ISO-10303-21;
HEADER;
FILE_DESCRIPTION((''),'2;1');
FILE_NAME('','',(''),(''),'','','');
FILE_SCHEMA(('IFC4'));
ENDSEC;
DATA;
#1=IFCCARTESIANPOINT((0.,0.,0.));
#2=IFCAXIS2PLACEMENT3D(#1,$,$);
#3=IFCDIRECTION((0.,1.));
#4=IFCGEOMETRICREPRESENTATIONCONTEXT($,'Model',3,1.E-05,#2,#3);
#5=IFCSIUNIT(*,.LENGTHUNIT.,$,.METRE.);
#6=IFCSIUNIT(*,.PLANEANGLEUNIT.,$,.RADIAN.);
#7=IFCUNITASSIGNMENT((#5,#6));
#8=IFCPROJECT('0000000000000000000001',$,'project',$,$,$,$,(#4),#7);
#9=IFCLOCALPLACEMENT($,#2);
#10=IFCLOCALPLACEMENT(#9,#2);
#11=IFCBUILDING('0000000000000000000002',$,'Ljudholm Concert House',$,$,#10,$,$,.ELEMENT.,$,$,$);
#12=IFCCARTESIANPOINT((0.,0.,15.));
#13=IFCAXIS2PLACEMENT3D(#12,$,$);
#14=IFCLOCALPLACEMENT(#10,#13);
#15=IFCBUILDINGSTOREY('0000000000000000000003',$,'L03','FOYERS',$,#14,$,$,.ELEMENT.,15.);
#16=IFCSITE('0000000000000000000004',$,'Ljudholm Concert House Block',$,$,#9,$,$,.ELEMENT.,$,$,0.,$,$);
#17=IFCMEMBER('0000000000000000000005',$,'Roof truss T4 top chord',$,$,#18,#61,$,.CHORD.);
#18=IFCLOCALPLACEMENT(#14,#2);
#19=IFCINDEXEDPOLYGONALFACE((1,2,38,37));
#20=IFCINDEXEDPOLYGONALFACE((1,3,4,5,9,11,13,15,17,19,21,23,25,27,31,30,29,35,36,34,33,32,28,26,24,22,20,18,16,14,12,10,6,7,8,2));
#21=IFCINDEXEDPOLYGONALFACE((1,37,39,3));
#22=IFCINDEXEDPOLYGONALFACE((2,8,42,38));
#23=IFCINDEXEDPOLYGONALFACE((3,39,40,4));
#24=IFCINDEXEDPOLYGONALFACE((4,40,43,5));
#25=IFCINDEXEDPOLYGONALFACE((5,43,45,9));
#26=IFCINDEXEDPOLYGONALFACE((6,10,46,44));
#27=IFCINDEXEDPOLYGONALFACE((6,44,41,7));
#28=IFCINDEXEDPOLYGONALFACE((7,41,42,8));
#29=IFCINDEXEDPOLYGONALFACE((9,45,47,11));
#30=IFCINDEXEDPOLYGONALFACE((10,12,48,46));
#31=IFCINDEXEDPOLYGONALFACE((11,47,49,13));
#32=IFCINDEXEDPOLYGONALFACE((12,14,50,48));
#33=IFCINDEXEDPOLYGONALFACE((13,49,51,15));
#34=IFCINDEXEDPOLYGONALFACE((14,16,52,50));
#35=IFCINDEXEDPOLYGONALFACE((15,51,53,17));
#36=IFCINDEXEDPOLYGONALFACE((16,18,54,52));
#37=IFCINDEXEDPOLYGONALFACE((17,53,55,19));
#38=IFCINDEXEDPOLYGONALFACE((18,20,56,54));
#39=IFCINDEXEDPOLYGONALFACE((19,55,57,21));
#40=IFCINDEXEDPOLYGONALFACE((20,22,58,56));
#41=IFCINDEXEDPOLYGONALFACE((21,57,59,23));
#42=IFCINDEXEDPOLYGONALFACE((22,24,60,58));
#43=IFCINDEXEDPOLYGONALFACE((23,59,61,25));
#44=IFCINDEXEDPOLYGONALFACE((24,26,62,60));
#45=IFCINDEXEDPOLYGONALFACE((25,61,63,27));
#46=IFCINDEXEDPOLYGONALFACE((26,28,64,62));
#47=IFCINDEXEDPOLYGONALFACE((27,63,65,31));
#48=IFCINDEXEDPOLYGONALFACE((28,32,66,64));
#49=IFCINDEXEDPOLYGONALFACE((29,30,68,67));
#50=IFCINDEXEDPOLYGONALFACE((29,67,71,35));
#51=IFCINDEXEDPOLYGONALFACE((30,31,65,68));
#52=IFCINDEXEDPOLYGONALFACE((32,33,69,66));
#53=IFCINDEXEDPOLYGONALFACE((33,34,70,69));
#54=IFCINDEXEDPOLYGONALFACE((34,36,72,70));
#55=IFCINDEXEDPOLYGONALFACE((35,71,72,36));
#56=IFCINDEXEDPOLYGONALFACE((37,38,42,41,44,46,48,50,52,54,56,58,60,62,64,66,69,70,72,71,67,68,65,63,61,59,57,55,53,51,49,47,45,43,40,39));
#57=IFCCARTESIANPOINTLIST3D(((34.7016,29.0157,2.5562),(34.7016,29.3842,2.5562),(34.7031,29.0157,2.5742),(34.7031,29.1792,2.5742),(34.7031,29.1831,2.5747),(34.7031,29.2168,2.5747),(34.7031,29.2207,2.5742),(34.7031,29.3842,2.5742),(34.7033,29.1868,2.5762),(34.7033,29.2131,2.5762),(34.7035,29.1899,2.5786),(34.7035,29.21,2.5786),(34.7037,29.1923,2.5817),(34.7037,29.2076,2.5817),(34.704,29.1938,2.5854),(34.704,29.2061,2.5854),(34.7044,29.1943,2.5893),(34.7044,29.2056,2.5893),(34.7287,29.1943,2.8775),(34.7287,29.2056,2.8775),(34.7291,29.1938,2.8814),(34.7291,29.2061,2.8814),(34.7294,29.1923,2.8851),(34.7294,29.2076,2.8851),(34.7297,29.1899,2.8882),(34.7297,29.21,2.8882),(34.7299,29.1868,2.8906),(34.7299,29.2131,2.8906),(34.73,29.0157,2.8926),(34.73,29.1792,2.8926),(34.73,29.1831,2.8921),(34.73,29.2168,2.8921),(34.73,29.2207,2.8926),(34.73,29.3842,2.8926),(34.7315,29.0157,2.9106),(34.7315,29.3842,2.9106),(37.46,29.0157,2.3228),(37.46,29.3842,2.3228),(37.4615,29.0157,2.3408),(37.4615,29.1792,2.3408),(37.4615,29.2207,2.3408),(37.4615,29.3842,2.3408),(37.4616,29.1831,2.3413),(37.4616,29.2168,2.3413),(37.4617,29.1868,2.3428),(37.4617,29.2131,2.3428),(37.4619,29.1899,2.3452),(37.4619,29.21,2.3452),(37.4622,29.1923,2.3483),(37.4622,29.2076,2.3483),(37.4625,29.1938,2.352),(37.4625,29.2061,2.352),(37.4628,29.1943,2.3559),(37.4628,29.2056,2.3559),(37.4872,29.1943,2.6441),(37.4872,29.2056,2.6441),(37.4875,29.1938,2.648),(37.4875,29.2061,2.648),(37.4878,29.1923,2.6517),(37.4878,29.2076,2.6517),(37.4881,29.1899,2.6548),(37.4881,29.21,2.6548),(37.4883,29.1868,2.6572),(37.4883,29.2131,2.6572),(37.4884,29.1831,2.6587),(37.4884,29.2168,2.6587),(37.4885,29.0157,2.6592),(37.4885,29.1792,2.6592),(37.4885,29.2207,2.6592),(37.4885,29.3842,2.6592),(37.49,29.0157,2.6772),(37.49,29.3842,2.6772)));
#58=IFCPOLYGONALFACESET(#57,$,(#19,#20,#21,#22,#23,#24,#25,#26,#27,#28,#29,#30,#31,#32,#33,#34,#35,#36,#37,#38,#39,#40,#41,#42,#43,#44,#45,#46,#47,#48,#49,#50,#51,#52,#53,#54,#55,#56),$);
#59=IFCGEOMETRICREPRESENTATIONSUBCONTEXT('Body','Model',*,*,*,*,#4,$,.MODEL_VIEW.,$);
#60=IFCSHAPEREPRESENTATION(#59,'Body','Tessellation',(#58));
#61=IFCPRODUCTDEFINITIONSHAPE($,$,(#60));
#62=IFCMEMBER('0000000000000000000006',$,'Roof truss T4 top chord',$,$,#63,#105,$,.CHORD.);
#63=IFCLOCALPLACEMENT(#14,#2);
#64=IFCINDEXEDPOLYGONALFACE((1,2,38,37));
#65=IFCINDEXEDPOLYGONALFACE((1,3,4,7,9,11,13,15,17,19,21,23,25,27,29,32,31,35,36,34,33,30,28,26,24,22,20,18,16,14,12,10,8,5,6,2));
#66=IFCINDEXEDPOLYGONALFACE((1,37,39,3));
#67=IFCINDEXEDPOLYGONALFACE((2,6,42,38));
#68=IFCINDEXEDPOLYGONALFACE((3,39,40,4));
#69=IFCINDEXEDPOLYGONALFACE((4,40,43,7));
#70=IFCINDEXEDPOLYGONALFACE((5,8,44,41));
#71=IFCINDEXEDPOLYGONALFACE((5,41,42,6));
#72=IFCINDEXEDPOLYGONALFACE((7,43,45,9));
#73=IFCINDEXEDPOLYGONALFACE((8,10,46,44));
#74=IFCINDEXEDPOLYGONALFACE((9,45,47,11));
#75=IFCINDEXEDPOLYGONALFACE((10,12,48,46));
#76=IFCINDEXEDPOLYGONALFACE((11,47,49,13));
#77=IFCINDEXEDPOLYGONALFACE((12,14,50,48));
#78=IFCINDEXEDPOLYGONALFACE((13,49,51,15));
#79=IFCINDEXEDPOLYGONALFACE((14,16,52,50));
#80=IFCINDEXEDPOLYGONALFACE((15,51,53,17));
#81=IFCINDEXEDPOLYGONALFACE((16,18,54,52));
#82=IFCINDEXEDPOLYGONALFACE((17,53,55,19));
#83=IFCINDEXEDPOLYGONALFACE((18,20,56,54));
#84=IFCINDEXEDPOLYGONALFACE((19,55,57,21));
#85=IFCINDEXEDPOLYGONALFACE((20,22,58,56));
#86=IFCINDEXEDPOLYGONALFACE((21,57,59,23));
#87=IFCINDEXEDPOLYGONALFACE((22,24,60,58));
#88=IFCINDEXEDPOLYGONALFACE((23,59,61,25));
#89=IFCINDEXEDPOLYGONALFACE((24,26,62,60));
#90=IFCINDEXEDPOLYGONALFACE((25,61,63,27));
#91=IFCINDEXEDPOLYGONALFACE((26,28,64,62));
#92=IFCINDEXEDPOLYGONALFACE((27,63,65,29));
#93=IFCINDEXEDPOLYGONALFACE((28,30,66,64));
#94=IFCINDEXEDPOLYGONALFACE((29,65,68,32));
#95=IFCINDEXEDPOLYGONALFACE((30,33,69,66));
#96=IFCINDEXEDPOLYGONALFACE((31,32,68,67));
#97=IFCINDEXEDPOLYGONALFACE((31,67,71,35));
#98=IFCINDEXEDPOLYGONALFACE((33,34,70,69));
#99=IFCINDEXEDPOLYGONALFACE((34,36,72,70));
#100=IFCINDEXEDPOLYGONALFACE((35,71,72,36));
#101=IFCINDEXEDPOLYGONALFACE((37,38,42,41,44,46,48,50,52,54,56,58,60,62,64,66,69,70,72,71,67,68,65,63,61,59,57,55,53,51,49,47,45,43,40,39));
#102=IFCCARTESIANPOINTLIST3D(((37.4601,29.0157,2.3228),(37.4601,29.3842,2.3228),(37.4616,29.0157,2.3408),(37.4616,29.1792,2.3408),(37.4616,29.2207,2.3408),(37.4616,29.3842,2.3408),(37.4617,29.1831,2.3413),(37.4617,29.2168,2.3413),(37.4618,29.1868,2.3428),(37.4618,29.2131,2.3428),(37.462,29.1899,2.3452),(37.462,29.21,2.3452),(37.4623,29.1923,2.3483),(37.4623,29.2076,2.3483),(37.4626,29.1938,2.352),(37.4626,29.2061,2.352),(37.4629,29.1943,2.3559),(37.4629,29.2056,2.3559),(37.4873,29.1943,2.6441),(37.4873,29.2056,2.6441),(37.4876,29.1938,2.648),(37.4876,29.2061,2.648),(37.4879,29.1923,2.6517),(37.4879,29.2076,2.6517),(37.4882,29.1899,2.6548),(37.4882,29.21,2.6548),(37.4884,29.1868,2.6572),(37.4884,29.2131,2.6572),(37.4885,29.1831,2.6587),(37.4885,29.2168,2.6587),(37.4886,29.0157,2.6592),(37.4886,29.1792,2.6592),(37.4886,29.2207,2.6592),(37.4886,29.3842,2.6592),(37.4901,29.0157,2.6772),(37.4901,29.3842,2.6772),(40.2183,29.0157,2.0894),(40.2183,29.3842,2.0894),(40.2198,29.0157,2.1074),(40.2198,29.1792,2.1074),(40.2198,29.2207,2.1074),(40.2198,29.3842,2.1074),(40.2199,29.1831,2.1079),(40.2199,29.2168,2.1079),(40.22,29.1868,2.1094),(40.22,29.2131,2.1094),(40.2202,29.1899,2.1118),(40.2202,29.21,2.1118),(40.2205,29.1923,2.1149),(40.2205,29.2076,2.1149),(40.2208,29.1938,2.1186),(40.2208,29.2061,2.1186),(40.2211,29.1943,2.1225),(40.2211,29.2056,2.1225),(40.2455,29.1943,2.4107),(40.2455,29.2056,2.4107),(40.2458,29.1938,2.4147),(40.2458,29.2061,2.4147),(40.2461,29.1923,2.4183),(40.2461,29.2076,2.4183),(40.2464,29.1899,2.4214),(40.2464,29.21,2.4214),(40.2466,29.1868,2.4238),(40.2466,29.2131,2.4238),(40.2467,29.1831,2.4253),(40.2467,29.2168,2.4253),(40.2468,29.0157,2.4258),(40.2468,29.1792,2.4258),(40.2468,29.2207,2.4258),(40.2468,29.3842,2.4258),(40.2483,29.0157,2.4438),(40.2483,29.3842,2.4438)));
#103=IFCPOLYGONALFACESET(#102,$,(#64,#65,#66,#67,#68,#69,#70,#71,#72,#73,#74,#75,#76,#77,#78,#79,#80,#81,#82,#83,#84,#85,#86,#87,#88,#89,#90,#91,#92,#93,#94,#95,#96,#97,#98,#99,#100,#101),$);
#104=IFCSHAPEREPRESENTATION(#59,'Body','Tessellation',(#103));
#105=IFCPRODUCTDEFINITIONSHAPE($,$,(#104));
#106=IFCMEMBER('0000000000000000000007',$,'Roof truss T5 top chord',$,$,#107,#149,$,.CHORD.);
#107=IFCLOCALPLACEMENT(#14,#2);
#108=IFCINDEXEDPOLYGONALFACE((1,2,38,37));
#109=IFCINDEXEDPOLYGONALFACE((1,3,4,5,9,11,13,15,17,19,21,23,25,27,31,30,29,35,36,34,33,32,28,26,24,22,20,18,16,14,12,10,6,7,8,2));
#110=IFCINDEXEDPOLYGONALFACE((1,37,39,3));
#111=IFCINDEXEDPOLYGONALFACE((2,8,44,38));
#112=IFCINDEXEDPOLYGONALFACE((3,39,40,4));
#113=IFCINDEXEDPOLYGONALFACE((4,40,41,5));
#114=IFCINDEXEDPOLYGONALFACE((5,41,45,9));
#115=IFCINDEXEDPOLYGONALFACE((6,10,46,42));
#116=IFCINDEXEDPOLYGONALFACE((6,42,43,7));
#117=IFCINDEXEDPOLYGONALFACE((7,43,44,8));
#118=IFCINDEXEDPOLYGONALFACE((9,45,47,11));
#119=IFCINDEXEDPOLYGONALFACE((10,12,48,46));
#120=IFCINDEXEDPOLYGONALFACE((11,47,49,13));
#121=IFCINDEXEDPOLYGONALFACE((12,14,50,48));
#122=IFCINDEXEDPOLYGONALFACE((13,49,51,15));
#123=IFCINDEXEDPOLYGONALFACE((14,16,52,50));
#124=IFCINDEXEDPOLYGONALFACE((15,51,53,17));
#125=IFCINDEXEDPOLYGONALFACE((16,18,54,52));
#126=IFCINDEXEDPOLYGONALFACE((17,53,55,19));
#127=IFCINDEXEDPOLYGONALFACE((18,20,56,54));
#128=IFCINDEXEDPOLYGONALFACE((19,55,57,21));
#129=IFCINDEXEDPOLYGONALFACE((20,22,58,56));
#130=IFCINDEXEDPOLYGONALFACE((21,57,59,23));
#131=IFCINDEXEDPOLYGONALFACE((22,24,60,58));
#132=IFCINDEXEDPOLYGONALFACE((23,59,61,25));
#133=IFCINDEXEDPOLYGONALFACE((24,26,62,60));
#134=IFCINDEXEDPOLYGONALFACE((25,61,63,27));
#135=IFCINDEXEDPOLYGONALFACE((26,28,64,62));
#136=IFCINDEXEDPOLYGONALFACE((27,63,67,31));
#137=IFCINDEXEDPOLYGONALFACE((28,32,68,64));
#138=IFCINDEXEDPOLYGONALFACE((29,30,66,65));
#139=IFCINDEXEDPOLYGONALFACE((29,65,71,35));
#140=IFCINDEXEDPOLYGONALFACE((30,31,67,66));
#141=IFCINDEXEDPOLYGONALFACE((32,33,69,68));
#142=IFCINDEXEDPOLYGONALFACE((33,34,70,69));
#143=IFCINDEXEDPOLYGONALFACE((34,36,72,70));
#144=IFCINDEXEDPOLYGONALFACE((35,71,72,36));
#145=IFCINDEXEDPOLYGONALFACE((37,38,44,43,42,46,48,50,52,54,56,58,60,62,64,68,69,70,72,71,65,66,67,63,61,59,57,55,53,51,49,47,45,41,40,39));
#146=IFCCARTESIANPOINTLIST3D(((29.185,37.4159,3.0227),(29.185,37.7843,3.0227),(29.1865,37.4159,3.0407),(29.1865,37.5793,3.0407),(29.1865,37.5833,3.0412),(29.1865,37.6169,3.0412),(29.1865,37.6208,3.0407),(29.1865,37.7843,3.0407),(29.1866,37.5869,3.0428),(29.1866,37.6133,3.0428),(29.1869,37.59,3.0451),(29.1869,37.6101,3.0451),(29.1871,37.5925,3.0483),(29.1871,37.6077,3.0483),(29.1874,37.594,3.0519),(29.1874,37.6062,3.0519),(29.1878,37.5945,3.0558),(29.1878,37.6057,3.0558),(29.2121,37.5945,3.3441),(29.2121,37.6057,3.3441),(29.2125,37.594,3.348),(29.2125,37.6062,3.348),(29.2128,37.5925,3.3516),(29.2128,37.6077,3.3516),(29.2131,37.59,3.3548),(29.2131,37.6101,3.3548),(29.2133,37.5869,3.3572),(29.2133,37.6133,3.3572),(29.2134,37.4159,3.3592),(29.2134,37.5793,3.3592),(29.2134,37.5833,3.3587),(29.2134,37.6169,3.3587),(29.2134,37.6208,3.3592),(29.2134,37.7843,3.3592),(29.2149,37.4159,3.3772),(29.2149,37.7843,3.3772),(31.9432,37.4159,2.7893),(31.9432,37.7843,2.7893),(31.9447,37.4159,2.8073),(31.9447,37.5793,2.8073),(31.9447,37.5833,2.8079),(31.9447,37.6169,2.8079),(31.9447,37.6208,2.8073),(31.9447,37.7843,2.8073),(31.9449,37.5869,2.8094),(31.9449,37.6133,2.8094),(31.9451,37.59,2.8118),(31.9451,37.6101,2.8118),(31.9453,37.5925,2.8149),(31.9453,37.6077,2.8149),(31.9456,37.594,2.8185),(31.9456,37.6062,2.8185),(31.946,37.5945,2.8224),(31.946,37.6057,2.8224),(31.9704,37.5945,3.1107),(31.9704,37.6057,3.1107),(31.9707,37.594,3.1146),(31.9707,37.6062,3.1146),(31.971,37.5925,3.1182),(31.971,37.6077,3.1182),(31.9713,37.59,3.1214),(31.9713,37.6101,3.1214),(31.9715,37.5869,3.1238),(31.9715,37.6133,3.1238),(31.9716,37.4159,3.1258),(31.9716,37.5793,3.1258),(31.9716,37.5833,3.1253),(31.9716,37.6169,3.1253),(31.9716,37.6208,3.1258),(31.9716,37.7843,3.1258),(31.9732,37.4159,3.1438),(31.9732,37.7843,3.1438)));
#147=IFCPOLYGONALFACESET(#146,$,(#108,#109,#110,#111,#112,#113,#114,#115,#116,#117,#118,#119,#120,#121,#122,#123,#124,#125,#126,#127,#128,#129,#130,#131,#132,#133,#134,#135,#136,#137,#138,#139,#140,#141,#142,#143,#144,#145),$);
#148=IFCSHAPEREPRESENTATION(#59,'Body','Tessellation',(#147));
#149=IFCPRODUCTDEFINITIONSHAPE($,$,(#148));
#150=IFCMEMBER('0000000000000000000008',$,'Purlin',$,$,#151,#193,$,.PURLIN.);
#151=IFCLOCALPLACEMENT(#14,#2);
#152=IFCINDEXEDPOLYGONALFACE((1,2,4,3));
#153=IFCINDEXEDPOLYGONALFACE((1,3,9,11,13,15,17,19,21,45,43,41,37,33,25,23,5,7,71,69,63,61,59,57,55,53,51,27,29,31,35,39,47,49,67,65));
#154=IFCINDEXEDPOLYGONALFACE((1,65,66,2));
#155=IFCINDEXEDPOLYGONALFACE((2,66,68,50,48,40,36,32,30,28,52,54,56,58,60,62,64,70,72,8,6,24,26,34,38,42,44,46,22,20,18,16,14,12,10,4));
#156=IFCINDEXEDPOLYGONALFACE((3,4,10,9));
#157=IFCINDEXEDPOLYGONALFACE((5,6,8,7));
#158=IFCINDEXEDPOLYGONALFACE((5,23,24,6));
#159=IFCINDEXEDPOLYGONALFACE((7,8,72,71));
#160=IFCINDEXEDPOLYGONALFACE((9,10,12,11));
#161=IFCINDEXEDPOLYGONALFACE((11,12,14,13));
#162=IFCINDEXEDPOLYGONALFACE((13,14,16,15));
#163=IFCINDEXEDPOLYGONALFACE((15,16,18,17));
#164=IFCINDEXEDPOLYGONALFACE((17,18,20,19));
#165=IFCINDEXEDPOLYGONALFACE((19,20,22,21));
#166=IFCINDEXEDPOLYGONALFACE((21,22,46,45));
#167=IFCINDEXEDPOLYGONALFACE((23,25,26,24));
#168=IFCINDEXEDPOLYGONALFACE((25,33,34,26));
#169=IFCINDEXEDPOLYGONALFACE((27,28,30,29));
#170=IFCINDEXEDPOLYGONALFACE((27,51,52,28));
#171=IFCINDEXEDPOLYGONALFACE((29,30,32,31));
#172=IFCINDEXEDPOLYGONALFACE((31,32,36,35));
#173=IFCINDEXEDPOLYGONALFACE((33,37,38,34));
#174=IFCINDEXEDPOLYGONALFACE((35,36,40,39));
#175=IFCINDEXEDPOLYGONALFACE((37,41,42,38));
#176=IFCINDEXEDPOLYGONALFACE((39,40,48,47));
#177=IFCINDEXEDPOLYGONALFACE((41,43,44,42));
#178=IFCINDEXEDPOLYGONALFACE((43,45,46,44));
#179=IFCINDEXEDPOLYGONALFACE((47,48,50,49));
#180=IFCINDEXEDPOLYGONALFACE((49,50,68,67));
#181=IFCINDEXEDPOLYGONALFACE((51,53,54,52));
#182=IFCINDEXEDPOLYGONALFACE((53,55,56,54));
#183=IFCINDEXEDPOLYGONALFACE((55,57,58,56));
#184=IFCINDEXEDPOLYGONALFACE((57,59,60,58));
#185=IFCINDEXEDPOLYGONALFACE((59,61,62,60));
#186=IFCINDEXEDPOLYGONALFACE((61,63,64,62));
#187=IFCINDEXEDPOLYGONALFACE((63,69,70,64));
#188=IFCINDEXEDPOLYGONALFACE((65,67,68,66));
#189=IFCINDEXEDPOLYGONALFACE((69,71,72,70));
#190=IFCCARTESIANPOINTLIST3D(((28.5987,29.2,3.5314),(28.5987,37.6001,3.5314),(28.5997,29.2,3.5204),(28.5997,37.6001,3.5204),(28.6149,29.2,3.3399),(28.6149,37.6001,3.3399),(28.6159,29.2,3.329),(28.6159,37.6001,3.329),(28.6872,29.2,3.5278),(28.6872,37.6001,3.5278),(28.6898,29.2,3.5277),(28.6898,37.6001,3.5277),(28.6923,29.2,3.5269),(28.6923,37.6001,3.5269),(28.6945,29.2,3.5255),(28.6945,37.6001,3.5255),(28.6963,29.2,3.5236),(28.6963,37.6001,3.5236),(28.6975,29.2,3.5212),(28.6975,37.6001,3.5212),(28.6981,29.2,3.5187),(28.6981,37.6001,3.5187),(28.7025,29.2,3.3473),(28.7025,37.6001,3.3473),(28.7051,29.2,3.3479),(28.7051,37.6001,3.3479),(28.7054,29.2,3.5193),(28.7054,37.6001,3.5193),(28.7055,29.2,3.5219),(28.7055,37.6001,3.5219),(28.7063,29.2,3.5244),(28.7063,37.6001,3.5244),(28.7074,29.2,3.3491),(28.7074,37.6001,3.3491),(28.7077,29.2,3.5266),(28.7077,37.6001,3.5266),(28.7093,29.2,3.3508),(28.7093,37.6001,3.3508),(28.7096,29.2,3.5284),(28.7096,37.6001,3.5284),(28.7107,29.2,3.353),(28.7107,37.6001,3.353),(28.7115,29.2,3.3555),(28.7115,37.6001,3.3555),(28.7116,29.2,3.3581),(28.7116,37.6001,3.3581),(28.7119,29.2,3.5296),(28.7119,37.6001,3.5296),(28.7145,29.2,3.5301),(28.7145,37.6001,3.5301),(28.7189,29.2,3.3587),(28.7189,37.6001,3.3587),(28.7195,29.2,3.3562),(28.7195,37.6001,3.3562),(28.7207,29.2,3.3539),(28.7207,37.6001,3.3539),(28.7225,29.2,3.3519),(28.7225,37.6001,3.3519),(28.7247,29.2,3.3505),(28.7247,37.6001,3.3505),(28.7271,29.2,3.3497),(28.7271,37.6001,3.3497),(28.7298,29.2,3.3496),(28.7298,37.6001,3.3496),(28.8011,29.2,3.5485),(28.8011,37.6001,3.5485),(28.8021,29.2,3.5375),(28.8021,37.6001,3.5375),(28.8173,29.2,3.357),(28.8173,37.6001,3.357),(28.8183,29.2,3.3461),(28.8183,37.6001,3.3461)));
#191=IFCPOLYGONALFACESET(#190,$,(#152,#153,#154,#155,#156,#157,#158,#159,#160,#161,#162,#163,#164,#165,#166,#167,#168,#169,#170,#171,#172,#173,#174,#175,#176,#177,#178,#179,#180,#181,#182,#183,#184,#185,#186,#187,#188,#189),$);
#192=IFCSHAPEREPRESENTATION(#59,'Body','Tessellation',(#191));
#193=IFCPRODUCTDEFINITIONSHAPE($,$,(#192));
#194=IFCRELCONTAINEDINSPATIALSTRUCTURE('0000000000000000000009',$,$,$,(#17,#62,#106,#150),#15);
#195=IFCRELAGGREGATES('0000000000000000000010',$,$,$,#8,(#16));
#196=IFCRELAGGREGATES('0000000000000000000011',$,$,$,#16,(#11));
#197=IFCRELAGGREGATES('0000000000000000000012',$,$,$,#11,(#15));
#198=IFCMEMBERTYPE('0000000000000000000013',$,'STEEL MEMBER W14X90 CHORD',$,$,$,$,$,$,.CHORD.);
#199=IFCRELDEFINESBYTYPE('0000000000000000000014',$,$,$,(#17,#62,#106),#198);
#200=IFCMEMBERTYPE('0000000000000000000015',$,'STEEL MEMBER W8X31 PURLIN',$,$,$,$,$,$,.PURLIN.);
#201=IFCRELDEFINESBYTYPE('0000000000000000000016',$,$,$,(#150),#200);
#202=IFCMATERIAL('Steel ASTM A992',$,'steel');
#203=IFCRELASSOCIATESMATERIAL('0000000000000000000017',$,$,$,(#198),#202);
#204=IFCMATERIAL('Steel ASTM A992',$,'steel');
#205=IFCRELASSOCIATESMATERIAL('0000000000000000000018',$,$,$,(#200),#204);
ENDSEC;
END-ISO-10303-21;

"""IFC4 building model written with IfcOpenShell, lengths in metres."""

from ifc_helpers import new_model, si_unit, direction, frame, origin, origin_2d, place, context, subcontext, project, spatial, i_section, extrude, material, material_profile, profile_set, type_object, element, save


model = new_model("IFC4")

# Units and contexts
model_context = context("Model", 3, precision=1e-05, world=origin(), true_north=direction((0.0, 1.0)))
body_context = subcontext(model_context, "Body", "Model", "MODEL_VIEW")
ifc_project = project(units=[si_unit("LENGTHUNIT", "METRE"), si_unit("PLANEANGLEUNIT", "RADIAN")], contexts=[model_context])

# Site, building, storey
site_placement = place(None, origin())
site = spatial("IfcSite", under=ifc_project, at=site_placement, Name="Ljudholm Concert House Block", CompositionType="ELEMENT", RefElevation=0.0)
building_placement = place(site_placement, origin())
building = spatial("IfcBuilding", under=site, at=building_placement, Name="Ljudholm Concert House", CompositionType="ELEMENT")
storey_placement = place(building_placement, frame((0.0, 0.0, 15.0)))
storey = spatial("IfcBuildingStorey", under=building, at=storey_placement, Name="L03", Description="FOYERS", CompositionType="ELEMENT", Elevation=15.0)

# Members
ifc_material_1 = material(Name="Steel ASTM A992", Category="steel")
ifc_material_profile_1 = material_profile(ifc_material_1, i_section(OverallWidth=0.3684, OverallDepth=0.3557, WebThickness=0.0112, FlangeThickness=0.0181, FilletRadius=0.0151, at=origin_2d()), Name="W14X90")
ifc_profile_set_1 = profile_set([ifc_material_profile_1], Name="Steel ASTM A992")
member_type_1 = type_object("IfcMemberType", Name="STEEL MEMBER W14X90 CHORD", PredefinedType="CHORD", material=ifc_profile_set_1)
member_1_placement = place(storey_placement, frame((34.7166, 29.2, 2.7334), z_axis=(0.99644, 0.0, -0.084308), x_axis=(0.0, 1.0, 0.0)))
element("IfcMember", 1, at=member_1_placement, inside=storey, type_object=member_type_1, Name="Roof truss T4 top chord", PredefinedType="CHORD", context=body_context, shape_type="SweptSolid", body=[
    extrude(i_section(OverallWidth=0.3684, OverallDepth=0.3557, WebThickness=0.0112, FlangeThickness=0.0181, FilletRadius=0.0151, at=origin_2d()), origin(), (0.0, 0.0, 1.0), 2.7683),
])
for number, where, z_axis, x_axis, name in (
    (2, (37.4751, 29.2, 2.5), (0.996439, 0.0, -0.084315), (0.0, 1.0, 0.0), "Roof truss T4 top chord"),
    (3, (29.2, 37.6001, 3.2), (0.996439, 0.0, -0.084315), (0.0, 1.0, 0.0), "Roof truss T5 top chord"),
):
    element("IfcMember", number, at=place(storey_placement, frame(where, z_axis=z_axis, x_axis=x_axis)), inside=storey, type_object=member_type_1, Name=name, PredefinedType="CHORD", context=body_context, shape_type="SweptSolid", body=[
        extrude(i_section(OverallWidth=0.3684, OverallDepth=0.3557, WebThickness=0.0112, FlangeThickness=0.0181, FilletRadius=0.0151, at=origin_2d()), origin(), (0.0, 0.0, 1.0), 2.7681),
    ])
ifc_material_2 = material(Name="Steel ASTM A992", Category="steel")
ifc_material_profile_2 = material_profile(ifc_material_2, i_section(OverallWidth=0.2031, OverallDepth=0.2031, WebThickness=0.0073, FlangeThickness=0.011, FilletRadius=0.01, at=origin_2d()), Name="W8X31")
ifc_profile_set_2 = profile_set([ifc_material_profile_2], Name="Steel ASTM A992")
member_type_2 = type_object("IfcMemberType", Name="STEEL MEMBER W8X31 PURLIN", PredefinedType="PURLIN", material=ifc_profile_set_2)
for number, where, z_axis, x_axis, name in (
    (4, (28.7085, 29.2, 3.4387), (0.0, 1.0, 0.0), (-0.996441, 0.0, -0.084291), "Purlin"),
):
    element("IfcMember", number, at=place(storey_placement, frame(where, z_axis=z_axis, x_axis=x_axis)), inside=storey, type_object=member_type_2, Name=name, PredefinedType="PURLIN", context=body_context, shape_type="SweptSolid", body=[
        extrude(i_section(OverallWidth=0.2031, OverallDepth=0.2031, WebThickness=0.0073, FlangeThickness=0.011, FilletRadius=0.01, at=origin_2d()), origin(), (0.0, 0.0, 1.0), 8.4001),
    ])

save(model, "model.ifc")
